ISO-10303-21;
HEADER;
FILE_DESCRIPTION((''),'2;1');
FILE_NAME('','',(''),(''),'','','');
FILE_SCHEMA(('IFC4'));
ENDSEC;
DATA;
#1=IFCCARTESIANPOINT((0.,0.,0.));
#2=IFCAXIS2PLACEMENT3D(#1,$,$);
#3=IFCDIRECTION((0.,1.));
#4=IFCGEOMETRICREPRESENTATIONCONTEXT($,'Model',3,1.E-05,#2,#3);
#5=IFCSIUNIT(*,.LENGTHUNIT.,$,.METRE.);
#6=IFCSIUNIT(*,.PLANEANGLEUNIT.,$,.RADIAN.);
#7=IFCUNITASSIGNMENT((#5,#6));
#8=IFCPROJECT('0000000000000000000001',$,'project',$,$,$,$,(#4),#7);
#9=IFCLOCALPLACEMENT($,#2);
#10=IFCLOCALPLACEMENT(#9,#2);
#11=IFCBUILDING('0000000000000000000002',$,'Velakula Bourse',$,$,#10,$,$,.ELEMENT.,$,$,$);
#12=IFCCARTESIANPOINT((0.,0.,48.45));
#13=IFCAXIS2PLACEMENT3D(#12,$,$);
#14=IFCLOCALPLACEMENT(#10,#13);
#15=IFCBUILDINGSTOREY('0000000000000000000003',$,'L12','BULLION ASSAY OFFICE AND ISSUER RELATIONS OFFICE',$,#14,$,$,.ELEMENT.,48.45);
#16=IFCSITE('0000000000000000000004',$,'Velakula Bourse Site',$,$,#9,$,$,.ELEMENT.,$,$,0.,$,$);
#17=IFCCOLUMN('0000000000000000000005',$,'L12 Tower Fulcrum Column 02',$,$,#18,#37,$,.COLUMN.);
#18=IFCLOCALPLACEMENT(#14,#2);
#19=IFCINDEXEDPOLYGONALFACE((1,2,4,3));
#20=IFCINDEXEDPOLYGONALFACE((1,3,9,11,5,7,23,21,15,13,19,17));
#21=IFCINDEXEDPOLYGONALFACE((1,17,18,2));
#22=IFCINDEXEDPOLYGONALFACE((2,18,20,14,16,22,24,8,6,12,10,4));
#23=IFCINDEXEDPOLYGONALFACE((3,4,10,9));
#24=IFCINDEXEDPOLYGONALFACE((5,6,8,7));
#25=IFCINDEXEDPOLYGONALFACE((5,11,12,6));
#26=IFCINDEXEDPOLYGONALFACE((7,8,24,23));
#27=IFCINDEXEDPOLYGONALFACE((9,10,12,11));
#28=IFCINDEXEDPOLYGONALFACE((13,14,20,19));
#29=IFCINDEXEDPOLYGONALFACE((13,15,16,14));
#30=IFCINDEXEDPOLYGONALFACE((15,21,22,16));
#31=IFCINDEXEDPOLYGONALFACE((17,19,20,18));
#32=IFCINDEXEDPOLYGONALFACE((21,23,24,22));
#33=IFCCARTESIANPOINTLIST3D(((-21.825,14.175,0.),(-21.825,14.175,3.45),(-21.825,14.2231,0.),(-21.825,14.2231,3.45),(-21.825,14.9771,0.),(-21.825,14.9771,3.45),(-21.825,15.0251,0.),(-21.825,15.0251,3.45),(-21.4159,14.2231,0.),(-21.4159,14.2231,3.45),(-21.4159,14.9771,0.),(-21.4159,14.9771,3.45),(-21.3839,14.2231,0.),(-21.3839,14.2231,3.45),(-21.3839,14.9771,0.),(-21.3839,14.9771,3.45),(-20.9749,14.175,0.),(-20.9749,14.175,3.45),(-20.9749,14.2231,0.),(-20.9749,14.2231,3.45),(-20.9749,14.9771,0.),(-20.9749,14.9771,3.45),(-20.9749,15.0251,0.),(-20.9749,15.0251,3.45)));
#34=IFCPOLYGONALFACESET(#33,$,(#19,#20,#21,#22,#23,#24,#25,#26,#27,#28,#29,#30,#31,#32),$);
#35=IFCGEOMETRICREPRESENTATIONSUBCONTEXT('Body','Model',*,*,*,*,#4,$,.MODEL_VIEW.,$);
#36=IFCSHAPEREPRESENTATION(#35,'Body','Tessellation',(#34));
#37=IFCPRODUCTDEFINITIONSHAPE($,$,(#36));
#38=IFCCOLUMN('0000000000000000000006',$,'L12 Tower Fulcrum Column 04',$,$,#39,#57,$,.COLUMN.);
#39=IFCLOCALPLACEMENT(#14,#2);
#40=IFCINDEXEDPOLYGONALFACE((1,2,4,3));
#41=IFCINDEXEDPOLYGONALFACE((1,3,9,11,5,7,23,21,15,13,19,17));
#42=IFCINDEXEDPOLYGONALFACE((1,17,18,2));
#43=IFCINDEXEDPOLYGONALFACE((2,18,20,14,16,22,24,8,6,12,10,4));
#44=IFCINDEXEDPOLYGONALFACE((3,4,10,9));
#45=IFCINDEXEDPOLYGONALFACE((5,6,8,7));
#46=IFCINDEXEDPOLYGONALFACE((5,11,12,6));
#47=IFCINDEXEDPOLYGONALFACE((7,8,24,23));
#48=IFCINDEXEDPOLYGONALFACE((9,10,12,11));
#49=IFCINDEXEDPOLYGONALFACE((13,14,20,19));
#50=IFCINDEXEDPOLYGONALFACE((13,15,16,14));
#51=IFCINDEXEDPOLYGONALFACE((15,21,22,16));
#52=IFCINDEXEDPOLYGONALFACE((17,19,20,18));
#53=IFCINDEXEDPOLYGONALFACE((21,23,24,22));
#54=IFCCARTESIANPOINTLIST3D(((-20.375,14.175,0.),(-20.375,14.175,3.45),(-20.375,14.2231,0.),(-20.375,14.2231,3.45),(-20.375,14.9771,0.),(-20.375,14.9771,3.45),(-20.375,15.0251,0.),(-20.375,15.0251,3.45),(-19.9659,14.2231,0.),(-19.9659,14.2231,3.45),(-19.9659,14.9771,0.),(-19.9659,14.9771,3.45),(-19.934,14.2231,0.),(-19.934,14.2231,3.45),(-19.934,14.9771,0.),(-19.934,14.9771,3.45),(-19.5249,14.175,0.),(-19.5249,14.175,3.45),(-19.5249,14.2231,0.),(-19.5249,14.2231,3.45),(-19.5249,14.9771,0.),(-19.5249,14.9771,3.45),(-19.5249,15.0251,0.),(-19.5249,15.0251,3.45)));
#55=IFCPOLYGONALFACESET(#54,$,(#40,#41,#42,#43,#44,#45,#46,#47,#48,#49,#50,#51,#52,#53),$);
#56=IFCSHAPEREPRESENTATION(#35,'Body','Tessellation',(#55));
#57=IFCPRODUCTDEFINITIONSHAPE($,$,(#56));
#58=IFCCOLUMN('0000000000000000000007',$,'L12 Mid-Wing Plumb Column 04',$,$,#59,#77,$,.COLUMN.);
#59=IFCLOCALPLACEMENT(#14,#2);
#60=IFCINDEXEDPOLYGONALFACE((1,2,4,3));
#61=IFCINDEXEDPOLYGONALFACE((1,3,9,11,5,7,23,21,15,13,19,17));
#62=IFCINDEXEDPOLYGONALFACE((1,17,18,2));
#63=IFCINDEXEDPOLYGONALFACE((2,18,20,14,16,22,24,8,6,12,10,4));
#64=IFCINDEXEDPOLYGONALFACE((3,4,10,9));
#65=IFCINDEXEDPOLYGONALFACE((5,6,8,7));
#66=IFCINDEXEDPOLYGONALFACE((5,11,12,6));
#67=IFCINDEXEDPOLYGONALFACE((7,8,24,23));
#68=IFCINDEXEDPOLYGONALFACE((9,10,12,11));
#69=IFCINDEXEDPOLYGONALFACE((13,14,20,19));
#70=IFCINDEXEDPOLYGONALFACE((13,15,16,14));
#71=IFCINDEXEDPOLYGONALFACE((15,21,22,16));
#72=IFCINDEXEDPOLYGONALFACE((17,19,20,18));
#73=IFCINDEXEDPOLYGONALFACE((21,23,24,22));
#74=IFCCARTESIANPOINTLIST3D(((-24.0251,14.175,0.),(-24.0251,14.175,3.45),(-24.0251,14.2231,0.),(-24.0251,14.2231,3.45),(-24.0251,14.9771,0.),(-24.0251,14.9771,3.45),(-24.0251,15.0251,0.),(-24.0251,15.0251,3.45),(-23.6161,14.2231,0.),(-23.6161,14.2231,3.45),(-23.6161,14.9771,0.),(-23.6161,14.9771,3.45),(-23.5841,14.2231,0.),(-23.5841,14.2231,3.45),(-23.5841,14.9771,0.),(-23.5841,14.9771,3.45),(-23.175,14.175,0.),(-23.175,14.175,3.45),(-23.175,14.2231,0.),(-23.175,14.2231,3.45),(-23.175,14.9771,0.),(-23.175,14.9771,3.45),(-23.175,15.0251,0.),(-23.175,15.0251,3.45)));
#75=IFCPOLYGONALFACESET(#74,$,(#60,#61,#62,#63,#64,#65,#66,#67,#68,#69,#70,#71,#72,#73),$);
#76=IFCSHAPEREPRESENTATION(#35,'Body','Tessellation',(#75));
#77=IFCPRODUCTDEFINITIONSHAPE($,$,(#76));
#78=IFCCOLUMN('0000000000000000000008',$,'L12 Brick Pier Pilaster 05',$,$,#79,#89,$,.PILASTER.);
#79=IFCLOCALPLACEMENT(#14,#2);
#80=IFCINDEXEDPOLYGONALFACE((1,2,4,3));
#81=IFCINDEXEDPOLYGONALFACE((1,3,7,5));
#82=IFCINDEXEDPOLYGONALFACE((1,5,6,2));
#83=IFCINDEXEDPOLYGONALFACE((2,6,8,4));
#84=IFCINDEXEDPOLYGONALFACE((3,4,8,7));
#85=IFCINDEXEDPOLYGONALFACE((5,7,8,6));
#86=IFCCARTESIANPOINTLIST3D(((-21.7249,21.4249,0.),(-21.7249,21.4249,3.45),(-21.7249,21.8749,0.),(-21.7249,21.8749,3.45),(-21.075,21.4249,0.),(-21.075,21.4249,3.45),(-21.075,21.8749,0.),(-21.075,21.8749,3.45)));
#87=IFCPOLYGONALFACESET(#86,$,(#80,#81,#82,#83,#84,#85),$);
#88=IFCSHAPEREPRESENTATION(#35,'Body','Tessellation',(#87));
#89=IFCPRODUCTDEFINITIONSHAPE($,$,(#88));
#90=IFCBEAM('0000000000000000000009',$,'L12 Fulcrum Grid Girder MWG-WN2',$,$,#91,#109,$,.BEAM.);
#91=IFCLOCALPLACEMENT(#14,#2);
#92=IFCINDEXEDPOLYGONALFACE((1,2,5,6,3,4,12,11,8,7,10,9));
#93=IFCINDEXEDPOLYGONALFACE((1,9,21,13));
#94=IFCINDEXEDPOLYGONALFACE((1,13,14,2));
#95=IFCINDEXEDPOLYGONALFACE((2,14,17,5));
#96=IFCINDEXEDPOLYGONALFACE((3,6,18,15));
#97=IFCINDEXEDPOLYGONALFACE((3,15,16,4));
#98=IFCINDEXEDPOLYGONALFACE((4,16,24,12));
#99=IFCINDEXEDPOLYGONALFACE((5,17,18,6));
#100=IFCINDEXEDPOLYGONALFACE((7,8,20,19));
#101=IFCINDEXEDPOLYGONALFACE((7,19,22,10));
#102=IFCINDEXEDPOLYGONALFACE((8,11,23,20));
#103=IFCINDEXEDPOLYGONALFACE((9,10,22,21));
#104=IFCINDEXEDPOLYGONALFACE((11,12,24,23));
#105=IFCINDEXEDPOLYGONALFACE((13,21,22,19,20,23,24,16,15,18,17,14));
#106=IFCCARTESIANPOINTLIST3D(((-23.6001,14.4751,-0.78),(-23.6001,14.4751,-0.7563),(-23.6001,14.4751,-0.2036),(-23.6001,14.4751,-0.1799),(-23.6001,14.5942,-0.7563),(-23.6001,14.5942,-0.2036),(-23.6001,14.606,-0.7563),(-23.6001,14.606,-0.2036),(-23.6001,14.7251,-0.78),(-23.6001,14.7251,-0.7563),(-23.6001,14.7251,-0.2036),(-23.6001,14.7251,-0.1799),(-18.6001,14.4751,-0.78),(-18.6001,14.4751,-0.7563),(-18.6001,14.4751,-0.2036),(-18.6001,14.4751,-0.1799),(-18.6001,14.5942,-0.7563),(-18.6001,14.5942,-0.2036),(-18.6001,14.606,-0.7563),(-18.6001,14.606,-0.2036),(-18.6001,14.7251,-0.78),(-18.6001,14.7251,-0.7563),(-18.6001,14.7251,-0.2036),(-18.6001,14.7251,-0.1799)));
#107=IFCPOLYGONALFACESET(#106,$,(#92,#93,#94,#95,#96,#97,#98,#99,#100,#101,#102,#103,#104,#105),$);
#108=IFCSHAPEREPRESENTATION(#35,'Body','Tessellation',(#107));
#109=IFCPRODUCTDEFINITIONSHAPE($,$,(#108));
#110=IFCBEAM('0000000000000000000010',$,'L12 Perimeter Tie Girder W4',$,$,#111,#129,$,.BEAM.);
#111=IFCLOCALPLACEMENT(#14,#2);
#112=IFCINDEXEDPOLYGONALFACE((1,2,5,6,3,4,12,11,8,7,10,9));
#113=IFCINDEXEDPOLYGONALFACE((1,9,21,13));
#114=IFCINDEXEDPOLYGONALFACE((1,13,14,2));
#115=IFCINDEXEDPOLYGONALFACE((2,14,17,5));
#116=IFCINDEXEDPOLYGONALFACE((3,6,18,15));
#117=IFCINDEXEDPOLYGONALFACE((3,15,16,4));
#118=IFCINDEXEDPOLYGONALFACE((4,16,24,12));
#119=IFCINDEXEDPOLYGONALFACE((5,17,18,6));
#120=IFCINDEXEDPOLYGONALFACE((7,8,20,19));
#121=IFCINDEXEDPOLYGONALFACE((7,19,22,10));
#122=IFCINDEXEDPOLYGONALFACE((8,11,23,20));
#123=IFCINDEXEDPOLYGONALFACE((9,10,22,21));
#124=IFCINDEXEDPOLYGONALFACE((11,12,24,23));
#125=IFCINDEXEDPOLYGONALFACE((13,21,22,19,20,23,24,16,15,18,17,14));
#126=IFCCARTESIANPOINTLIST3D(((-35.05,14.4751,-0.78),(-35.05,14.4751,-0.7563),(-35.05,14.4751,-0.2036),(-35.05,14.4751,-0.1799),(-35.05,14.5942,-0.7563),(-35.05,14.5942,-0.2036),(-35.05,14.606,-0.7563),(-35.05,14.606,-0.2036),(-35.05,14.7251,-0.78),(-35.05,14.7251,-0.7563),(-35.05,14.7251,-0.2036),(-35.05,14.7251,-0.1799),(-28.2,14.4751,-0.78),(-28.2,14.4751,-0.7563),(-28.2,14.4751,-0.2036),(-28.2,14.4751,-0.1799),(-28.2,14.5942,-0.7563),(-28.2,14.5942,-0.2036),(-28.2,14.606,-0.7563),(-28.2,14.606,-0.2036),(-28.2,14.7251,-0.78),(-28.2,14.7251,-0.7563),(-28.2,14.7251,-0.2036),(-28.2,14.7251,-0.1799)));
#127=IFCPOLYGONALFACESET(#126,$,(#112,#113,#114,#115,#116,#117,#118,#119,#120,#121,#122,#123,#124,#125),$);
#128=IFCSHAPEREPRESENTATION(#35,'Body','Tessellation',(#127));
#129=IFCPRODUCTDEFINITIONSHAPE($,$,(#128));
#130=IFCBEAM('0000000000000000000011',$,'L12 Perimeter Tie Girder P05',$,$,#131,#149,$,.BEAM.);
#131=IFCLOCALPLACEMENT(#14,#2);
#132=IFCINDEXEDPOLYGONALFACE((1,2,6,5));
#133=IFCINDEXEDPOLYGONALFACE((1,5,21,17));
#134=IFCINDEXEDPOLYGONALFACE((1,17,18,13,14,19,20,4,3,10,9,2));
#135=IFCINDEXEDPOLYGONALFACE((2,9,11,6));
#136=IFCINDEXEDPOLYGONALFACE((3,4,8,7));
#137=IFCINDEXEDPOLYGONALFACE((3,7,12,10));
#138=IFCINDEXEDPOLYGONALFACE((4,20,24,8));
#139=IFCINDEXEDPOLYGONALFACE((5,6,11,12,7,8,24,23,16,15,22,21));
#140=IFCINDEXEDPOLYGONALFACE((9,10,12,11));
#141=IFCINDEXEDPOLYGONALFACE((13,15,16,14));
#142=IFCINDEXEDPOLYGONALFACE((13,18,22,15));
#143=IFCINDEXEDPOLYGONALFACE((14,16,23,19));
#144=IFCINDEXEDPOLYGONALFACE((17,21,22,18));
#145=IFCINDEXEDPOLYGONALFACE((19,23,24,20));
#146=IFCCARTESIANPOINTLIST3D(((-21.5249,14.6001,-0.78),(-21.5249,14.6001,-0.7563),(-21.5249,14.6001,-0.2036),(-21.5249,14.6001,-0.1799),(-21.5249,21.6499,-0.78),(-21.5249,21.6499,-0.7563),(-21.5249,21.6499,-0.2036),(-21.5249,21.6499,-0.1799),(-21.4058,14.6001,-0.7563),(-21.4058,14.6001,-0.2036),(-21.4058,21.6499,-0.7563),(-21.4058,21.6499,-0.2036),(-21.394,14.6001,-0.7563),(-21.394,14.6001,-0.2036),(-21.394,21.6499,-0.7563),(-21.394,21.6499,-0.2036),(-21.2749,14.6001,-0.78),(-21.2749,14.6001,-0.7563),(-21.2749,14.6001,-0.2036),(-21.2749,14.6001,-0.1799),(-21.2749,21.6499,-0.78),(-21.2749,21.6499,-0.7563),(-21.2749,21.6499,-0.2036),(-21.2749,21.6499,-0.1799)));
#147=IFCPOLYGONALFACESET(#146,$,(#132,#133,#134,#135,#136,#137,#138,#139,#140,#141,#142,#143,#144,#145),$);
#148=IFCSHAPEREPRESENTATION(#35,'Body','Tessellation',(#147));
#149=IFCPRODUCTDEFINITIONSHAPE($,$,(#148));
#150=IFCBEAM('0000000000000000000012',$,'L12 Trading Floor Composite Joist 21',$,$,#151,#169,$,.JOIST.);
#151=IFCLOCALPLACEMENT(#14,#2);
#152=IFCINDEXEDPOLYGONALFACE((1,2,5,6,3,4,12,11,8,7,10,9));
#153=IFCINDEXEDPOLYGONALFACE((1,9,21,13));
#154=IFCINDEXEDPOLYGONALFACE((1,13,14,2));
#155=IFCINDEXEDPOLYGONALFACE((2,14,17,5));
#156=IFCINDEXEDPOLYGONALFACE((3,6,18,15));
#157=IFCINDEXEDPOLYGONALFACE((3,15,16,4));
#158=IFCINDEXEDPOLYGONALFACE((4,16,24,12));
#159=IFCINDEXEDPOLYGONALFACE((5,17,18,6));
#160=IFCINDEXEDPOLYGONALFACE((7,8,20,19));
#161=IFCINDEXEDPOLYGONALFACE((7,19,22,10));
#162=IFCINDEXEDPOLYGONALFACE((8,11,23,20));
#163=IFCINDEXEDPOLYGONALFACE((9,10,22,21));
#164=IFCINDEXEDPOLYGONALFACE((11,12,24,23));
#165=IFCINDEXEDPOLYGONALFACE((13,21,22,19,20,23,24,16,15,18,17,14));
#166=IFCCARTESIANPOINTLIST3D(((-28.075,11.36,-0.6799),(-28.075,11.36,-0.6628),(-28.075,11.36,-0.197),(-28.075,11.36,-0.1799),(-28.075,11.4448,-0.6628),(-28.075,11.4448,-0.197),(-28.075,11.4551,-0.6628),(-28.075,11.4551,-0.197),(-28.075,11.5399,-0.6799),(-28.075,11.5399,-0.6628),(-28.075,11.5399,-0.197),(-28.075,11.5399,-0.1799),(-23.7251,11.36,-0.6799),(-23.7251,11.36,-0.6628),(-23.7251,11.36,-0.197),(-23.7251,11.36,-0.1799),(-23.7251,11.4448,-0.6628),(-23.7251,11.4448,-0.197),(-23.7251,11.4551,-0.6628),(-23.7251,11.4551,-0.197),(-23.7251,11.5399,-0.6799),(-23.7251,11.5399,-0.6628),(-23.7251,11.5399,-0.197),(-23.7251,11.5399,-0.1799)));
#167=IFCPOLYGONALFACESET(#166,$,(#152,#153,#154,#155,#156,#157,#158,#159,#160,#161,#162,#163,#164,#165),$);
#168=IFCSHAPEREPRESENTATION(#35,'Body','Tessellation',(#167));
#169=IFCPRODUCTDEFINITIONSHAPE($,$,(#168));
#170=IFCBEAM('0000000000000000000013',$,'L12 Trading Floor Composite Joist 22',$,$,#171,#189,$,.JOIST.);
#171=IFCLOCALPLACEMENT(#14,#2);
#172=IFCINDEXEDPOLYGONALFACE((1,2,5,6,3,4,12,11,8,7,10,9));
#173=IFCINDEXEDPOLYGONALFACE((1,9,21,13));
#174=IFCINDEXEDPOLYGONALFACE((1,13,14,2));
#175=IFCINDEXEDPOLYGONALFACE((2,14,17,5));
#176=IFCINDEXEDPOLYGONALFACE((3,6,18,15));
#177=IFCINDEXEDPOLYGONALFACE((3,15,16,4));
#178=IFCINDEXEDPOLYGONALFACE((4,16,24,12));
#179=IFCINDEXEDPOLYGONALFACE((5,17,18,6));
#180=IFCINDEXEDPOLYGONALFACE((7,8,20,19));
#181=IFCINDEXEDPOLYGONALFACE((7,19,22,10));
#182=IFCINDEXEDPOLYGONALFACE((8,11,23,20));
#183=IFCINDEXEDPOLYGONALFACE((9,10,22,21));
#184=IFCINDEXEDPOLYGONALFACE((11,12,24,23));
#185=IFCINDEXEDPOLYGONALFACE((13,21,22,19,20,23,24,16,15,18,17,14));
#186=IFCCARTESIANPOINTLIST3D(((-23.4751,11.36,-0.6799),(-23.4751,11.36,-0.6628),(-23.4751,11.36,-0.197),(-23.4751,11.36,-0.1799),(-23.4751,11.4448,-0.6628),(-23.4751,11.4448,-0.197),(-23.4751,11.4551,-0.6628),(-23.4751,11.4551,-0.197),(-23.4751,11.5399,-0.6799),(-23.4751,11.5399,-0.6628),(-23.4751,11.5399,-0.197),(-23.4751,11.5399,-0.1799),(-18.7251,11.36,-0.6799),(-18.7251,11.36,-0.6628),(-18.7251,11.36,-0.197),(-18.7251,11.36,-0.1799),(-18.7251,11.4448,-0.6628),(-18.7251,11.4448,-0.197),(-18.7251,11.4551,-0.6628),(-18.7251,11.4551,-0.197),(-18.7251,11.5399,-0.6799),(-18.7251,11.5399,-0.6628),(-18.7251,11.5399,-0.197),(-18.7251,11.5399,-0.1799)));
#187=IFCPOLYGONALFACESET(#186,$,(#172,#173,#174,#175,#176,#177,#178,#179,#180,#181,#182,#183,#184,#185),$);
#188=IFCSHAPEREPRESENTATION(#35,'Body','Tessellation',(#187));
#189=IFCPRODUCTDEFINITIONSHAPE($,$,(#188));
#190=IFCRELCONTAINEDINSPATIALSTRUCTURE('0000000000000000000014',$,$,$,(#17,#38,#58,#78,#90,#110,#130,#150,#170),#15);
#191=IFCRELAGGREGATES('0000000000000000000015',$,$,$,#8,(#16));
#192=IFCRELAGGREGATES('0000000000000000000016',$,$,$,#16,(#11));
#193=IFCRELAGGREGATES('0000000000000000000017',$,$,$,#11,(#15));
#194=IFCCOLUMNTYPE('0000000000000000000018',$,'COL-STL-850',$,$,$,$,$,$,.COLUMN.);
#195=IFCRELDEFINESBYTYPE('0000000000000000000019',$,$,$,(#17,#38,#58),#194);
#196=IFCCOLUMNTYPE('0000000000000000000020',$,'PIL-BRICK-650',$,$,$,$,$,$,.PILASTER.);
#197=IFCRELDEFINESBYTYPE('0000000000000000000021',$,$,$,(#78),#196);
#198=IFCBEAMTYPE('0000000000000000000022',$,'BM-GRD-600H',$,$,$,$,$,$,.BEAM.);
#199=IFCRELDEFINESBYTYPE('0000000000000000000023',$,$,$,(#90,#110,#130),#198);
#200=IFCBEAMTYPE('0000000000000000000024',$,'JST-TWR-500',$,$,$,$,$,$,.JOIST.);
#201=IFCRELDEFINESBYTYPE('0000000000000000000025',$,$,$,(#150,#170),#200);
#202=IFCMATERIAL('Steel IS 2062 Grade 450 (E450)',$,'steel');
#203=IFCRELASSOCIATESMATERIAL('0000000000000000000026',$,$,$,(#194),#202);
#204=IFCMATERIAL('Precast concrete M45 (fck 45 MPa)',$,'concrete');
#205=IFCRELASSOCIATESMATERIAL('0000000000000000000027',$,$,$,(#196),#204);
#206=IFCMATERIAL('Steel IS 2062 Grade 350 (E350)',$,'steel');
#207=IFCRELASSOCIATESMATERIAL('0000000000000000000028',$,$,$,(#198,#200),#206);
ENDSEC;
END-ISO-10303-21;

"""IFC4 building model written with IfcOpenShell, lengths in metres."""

from ifc_helpers import new_model, si_unit, direction, frame, origin, origin_2d, place, context, subcontext, project, spatial, rectangle, i_section, extrude, material, material_profile, profile_set, type_object, element, save


model = new_model("IFC4")

# Units and contexts
model_context = context("Model", 3, precision=1e-05, world=origin(), true_north=direction((0.0, 1.0)))
body_context = subcontext(model_context, "Body", "Model", "MODEL_VIEW")
ifc_project = project(units=[si_unit("LENGTHUNIT", "METRE"), si_unit("PLANEANGLEUNIT", "RADIAN")], contexts=[model_context])

# Site, building, storey
site_placement = place(None, origin())
site = spatial("IfcSite", under=ifc_project, at=site_placement, Name="Velakula Bourse Site", CompositionType="ELEMENT", RefElevation=0.0)
building_placement = place(site_placement, origin())
building = spatial("IfcBuilding", under=site, at=building_placement, Name="Velakula Bourse", CompositionType="ELEMENT")
storey_placement = place(building_placement, frame((0.0, 0.0, 48.45)))
storey = spatial("IfcBuildingStorey", under=building, at=storey_placement, Name="L12", Description="BULLION ASSAY OFFICE AND ISSUER RELATIONS OFFICE", CompositionType="ELEMENT", Elevation=48.45)

# Columns
ifc_material_1 = material(Name="Steel IS 2062 Grade 450 (E450)", Category="steel")
ifc_material_profile_1 = material_profile(ifc_material_1, i_section(OverallWidth=0.8501, OverallDepth=0.8501, WebThickness=0.032, FlangeThickness=0.0481, at=origin_2d()), Name="Steel IS 2062 Grade 450 (E450)")
ifc_profile_set_1 = profile_set([ifc_material_profile_1], Name="Steel IS 2062 Grade 450 (E450)")
column_type_1 = type_object("IfcColumnType", Name="COL-STL-850", PredefinedType="COLUMN", material=ifc_profile_set_1)
for number, where, z_axis, x_axis, name in (
    (1, (-21.3999, 14.6001, 0.0), (0.0, 0.0, 1.0), (1.0, 0.0, 0.0), "L12 Tower Fulcrum Column 02"),
    (2, (-19.95, 14.6001, 0.0), (0.0, 0.0, 1.0), (1.0, 0.0, 0.0), "L12 Tower Fulcrum Column 04"),
    (3, (-23.6001, 14.6001, 0.0), (0.0, 0.0, 1.0), (1.0, 0.0, 0.0), "L12 Mid-Wing Plumb Column 04"),
):
    element("IfcColumn", number, at=place(storey_placement, frame(where, z_axis=z_axis, x_axis=x_axis)), inside=storey, type_object=column_type_1, Name=name, PredefinedType="COLUMN", context=body_context, shape_type="SweptSolid", body=[
        extrude(i_section(OverallWidth=0.8501, OverallDepth=0.8501, WebThickness=0.032, FlangeThickness=0.0481, at=origin_2d()), origin(), (0.0, 0.0, 1.0), 3.45),
    ])
ifc_material_2 = material(Name="Precast concrete M45 (fck 45 MPa)", Category="concrete")
ifc_material_profile_2 = material_profile(ifc_material_2, rectangle(XDim=0.6499, YDim=0.45, at=origin_2d()), Name="Precast concrete M45 (fck 45 MPa)")
ifc_profile_set_2 = profile_set([ifc_material_profile_2], Name="Precast concrete M45 (fck 45 MPa)")
column_type_2 = type_object("IfcColumnType", Name="PIL-BRICK-650", PredefinedType="PILASTER", material=ifc_profile_set_2)
column_placement = place(storey_placement, frame((-21.3999, 21.6499, 0.0), z_axis=(0.0, 0.0, 1.0), x_axis=(1.0, 0.0, 0.0)))
element("IfcColumn", 4, at=column_placement, inside=storey, type_object=column_type_2, Name="L12 Brick Pier Pilaster 05", PredefinedType="PILASTER", context=body_context, shape_type="SweptSolid", body=[
    extrude(rectangle(XDim=0.6499, YDim=0.45, at=origin_2d()), origin(), (0.0, 0.0, 1.0), 3.45),
])

# Beams
ifc_material_3 = material(Name="Steel IS 2062 Grade 350 (E350)", Category="steel")
ifc_material_profile_3 = material_profile(ifc_material_3, i_section(OverallWidth=0.25, OverallDepth=0.6001, WebThickness=0.0117, FlangeThickness=0.0237, at=origin_2d()), Name="Steel IS 2062 Grade 350 (E350)")
ifc_profile_set_3 = profile_set([ifc_material_profile_3], Name="Steel IS 2062 Grade 350 (E350)")
beam_type_1 = type_object("IfcBeamType", Name="BM-GRD-600H", PredefinedType="BEAM", material=ifc_profile_set_3)
beam_1_placement = place(storey_placement, frame((-23.6001, 14.6001, -0.48), z_axis=(1.0, 0.0, 0.0), x_axis=(0.0, 1.0, 0.0)))
element("IfcBeam", 5, at=beam_1_placement, inside=storey, type_object=beam_type_1, Name="L12 Fulcrum Grid Girder MWG-WN2", PredefinedType="BEAM", context=body_context, shape_type="SweptSolid", body=[
    extrude(i_section(OverallWidth=0.25, OverallDepth=0.6001, WebThickness=0.0117, FlangeThickness=0.0237, at=origin_2d()), origin(), (0.0, 0.0, 1.0), 5.0),
])
beam_2_placement = place(storey_placement, frame((-28.2, 14.6001, -0.48), z_axis=(-1.0, 0.0, 0.0), x_axis=(0.0, -1.0, 0.0)))
element("IfcBeam", 6, at=beam_2_placement, inside=storey, type_object=beam_type_1, Name="L12 Perimeter Tie Girder W4", PredefinedType="BEAM", context=body_context, shape_type="SweptSolid", body=[
    extrude(i_section(OverallWidth=0.25, OverallDepth=0.6001, WebThickness=0.0117, FlangeThickness=0.0237, at=origin_2d()), origin(), (0.0, 0.0, 1.0), 6.8501),
])
beam_3_placement = place(storey_placement, frame((-21.3999, 14.6001, -0.48), z_axis=(0.0, 1.0, 0.0), x_axis=(-1.0, 0.0, 0.0)))
element("IfcBeam", 7, at=beam_3_placement, inside=storey, type_object=beam_type_1, Name="L12 Perimeter Tie Girder P05", PredefinedType="BEAM", context=body_context, shape_type="SweptSolid", body=[
    extrude(i_section(OverallWidth=0.25, OverallDepth=0.6001, WebThickness=0.0117, FlangeThickness=0.0237, at=origin_2d()), origin(), (0.0, 0.0, 1.0), 7.0498),
])
ifc_material_profile_4 = material_profile(ifc_material_3, i_section(OverallWidth=0.1799, OverallDepth=0.5, WebThickness=0.0103, FlangeThickness=0.0171, at=origin_2d()), Name="Steel IS 2062 Grade 350 (E350)")
ifc_profile_set_4 = profile_set([ifc_material_profile_4], Name="Steel IS 2062 Grade 350 (E350)")
beam_type_2 = type_object("IfcBeamType", Name="JST-TWR-500", PredefinedType="JOIST", material=ifc_profile_set_4)
beam_4_placement = place(storey_placement, frame((-28.075, 11.45, -0.4299), z_axis=(1.0, 0.0, 0.0), x_axis=(0.0, 1.0, 0.0)))
element("IfcBeam", 8, at=beam_4_placement, inside=storey, type_object=beam_type_2, Name="L12 Trading Floor Composite Joist 21", PredefinedType="JOIST", context=body_context, shape_type="SweptSolid", body=[
    extrude(i_section(OverallWidth=0.1799, OverallDepth=0.5, WebThickness=0.0103, FlangeThickness=0.0171, at=origin_2d()), origin(), (0.0, 0.0, 1.0), 4.3499),
])
beam_5_placement = place(storey_placement, frame((-23.4751, 11.45, -0.4299), z_axis=(1.0, 0.0, 0.0), x_axis=(0.0, 1.0, 0.0)))
element("IfcBeam", 9, at=beam_5_placement, inside=storey, type_object=beam_type_2, Name="L12 Trading Floor Composite Joist 22", PredefinedType="JOIST", context=body_context, shape_type="SweptSolid", body=[
    extrude(i_section(OverallWidth=0.1799, OverallDepth=0.5, WebThickness=0.0103, FlangeThickness=0.0171, at=origin_2d()), origin(), (0.0, 0.0, 1.0), 4.75),
])

save(model, "model.ifc")
